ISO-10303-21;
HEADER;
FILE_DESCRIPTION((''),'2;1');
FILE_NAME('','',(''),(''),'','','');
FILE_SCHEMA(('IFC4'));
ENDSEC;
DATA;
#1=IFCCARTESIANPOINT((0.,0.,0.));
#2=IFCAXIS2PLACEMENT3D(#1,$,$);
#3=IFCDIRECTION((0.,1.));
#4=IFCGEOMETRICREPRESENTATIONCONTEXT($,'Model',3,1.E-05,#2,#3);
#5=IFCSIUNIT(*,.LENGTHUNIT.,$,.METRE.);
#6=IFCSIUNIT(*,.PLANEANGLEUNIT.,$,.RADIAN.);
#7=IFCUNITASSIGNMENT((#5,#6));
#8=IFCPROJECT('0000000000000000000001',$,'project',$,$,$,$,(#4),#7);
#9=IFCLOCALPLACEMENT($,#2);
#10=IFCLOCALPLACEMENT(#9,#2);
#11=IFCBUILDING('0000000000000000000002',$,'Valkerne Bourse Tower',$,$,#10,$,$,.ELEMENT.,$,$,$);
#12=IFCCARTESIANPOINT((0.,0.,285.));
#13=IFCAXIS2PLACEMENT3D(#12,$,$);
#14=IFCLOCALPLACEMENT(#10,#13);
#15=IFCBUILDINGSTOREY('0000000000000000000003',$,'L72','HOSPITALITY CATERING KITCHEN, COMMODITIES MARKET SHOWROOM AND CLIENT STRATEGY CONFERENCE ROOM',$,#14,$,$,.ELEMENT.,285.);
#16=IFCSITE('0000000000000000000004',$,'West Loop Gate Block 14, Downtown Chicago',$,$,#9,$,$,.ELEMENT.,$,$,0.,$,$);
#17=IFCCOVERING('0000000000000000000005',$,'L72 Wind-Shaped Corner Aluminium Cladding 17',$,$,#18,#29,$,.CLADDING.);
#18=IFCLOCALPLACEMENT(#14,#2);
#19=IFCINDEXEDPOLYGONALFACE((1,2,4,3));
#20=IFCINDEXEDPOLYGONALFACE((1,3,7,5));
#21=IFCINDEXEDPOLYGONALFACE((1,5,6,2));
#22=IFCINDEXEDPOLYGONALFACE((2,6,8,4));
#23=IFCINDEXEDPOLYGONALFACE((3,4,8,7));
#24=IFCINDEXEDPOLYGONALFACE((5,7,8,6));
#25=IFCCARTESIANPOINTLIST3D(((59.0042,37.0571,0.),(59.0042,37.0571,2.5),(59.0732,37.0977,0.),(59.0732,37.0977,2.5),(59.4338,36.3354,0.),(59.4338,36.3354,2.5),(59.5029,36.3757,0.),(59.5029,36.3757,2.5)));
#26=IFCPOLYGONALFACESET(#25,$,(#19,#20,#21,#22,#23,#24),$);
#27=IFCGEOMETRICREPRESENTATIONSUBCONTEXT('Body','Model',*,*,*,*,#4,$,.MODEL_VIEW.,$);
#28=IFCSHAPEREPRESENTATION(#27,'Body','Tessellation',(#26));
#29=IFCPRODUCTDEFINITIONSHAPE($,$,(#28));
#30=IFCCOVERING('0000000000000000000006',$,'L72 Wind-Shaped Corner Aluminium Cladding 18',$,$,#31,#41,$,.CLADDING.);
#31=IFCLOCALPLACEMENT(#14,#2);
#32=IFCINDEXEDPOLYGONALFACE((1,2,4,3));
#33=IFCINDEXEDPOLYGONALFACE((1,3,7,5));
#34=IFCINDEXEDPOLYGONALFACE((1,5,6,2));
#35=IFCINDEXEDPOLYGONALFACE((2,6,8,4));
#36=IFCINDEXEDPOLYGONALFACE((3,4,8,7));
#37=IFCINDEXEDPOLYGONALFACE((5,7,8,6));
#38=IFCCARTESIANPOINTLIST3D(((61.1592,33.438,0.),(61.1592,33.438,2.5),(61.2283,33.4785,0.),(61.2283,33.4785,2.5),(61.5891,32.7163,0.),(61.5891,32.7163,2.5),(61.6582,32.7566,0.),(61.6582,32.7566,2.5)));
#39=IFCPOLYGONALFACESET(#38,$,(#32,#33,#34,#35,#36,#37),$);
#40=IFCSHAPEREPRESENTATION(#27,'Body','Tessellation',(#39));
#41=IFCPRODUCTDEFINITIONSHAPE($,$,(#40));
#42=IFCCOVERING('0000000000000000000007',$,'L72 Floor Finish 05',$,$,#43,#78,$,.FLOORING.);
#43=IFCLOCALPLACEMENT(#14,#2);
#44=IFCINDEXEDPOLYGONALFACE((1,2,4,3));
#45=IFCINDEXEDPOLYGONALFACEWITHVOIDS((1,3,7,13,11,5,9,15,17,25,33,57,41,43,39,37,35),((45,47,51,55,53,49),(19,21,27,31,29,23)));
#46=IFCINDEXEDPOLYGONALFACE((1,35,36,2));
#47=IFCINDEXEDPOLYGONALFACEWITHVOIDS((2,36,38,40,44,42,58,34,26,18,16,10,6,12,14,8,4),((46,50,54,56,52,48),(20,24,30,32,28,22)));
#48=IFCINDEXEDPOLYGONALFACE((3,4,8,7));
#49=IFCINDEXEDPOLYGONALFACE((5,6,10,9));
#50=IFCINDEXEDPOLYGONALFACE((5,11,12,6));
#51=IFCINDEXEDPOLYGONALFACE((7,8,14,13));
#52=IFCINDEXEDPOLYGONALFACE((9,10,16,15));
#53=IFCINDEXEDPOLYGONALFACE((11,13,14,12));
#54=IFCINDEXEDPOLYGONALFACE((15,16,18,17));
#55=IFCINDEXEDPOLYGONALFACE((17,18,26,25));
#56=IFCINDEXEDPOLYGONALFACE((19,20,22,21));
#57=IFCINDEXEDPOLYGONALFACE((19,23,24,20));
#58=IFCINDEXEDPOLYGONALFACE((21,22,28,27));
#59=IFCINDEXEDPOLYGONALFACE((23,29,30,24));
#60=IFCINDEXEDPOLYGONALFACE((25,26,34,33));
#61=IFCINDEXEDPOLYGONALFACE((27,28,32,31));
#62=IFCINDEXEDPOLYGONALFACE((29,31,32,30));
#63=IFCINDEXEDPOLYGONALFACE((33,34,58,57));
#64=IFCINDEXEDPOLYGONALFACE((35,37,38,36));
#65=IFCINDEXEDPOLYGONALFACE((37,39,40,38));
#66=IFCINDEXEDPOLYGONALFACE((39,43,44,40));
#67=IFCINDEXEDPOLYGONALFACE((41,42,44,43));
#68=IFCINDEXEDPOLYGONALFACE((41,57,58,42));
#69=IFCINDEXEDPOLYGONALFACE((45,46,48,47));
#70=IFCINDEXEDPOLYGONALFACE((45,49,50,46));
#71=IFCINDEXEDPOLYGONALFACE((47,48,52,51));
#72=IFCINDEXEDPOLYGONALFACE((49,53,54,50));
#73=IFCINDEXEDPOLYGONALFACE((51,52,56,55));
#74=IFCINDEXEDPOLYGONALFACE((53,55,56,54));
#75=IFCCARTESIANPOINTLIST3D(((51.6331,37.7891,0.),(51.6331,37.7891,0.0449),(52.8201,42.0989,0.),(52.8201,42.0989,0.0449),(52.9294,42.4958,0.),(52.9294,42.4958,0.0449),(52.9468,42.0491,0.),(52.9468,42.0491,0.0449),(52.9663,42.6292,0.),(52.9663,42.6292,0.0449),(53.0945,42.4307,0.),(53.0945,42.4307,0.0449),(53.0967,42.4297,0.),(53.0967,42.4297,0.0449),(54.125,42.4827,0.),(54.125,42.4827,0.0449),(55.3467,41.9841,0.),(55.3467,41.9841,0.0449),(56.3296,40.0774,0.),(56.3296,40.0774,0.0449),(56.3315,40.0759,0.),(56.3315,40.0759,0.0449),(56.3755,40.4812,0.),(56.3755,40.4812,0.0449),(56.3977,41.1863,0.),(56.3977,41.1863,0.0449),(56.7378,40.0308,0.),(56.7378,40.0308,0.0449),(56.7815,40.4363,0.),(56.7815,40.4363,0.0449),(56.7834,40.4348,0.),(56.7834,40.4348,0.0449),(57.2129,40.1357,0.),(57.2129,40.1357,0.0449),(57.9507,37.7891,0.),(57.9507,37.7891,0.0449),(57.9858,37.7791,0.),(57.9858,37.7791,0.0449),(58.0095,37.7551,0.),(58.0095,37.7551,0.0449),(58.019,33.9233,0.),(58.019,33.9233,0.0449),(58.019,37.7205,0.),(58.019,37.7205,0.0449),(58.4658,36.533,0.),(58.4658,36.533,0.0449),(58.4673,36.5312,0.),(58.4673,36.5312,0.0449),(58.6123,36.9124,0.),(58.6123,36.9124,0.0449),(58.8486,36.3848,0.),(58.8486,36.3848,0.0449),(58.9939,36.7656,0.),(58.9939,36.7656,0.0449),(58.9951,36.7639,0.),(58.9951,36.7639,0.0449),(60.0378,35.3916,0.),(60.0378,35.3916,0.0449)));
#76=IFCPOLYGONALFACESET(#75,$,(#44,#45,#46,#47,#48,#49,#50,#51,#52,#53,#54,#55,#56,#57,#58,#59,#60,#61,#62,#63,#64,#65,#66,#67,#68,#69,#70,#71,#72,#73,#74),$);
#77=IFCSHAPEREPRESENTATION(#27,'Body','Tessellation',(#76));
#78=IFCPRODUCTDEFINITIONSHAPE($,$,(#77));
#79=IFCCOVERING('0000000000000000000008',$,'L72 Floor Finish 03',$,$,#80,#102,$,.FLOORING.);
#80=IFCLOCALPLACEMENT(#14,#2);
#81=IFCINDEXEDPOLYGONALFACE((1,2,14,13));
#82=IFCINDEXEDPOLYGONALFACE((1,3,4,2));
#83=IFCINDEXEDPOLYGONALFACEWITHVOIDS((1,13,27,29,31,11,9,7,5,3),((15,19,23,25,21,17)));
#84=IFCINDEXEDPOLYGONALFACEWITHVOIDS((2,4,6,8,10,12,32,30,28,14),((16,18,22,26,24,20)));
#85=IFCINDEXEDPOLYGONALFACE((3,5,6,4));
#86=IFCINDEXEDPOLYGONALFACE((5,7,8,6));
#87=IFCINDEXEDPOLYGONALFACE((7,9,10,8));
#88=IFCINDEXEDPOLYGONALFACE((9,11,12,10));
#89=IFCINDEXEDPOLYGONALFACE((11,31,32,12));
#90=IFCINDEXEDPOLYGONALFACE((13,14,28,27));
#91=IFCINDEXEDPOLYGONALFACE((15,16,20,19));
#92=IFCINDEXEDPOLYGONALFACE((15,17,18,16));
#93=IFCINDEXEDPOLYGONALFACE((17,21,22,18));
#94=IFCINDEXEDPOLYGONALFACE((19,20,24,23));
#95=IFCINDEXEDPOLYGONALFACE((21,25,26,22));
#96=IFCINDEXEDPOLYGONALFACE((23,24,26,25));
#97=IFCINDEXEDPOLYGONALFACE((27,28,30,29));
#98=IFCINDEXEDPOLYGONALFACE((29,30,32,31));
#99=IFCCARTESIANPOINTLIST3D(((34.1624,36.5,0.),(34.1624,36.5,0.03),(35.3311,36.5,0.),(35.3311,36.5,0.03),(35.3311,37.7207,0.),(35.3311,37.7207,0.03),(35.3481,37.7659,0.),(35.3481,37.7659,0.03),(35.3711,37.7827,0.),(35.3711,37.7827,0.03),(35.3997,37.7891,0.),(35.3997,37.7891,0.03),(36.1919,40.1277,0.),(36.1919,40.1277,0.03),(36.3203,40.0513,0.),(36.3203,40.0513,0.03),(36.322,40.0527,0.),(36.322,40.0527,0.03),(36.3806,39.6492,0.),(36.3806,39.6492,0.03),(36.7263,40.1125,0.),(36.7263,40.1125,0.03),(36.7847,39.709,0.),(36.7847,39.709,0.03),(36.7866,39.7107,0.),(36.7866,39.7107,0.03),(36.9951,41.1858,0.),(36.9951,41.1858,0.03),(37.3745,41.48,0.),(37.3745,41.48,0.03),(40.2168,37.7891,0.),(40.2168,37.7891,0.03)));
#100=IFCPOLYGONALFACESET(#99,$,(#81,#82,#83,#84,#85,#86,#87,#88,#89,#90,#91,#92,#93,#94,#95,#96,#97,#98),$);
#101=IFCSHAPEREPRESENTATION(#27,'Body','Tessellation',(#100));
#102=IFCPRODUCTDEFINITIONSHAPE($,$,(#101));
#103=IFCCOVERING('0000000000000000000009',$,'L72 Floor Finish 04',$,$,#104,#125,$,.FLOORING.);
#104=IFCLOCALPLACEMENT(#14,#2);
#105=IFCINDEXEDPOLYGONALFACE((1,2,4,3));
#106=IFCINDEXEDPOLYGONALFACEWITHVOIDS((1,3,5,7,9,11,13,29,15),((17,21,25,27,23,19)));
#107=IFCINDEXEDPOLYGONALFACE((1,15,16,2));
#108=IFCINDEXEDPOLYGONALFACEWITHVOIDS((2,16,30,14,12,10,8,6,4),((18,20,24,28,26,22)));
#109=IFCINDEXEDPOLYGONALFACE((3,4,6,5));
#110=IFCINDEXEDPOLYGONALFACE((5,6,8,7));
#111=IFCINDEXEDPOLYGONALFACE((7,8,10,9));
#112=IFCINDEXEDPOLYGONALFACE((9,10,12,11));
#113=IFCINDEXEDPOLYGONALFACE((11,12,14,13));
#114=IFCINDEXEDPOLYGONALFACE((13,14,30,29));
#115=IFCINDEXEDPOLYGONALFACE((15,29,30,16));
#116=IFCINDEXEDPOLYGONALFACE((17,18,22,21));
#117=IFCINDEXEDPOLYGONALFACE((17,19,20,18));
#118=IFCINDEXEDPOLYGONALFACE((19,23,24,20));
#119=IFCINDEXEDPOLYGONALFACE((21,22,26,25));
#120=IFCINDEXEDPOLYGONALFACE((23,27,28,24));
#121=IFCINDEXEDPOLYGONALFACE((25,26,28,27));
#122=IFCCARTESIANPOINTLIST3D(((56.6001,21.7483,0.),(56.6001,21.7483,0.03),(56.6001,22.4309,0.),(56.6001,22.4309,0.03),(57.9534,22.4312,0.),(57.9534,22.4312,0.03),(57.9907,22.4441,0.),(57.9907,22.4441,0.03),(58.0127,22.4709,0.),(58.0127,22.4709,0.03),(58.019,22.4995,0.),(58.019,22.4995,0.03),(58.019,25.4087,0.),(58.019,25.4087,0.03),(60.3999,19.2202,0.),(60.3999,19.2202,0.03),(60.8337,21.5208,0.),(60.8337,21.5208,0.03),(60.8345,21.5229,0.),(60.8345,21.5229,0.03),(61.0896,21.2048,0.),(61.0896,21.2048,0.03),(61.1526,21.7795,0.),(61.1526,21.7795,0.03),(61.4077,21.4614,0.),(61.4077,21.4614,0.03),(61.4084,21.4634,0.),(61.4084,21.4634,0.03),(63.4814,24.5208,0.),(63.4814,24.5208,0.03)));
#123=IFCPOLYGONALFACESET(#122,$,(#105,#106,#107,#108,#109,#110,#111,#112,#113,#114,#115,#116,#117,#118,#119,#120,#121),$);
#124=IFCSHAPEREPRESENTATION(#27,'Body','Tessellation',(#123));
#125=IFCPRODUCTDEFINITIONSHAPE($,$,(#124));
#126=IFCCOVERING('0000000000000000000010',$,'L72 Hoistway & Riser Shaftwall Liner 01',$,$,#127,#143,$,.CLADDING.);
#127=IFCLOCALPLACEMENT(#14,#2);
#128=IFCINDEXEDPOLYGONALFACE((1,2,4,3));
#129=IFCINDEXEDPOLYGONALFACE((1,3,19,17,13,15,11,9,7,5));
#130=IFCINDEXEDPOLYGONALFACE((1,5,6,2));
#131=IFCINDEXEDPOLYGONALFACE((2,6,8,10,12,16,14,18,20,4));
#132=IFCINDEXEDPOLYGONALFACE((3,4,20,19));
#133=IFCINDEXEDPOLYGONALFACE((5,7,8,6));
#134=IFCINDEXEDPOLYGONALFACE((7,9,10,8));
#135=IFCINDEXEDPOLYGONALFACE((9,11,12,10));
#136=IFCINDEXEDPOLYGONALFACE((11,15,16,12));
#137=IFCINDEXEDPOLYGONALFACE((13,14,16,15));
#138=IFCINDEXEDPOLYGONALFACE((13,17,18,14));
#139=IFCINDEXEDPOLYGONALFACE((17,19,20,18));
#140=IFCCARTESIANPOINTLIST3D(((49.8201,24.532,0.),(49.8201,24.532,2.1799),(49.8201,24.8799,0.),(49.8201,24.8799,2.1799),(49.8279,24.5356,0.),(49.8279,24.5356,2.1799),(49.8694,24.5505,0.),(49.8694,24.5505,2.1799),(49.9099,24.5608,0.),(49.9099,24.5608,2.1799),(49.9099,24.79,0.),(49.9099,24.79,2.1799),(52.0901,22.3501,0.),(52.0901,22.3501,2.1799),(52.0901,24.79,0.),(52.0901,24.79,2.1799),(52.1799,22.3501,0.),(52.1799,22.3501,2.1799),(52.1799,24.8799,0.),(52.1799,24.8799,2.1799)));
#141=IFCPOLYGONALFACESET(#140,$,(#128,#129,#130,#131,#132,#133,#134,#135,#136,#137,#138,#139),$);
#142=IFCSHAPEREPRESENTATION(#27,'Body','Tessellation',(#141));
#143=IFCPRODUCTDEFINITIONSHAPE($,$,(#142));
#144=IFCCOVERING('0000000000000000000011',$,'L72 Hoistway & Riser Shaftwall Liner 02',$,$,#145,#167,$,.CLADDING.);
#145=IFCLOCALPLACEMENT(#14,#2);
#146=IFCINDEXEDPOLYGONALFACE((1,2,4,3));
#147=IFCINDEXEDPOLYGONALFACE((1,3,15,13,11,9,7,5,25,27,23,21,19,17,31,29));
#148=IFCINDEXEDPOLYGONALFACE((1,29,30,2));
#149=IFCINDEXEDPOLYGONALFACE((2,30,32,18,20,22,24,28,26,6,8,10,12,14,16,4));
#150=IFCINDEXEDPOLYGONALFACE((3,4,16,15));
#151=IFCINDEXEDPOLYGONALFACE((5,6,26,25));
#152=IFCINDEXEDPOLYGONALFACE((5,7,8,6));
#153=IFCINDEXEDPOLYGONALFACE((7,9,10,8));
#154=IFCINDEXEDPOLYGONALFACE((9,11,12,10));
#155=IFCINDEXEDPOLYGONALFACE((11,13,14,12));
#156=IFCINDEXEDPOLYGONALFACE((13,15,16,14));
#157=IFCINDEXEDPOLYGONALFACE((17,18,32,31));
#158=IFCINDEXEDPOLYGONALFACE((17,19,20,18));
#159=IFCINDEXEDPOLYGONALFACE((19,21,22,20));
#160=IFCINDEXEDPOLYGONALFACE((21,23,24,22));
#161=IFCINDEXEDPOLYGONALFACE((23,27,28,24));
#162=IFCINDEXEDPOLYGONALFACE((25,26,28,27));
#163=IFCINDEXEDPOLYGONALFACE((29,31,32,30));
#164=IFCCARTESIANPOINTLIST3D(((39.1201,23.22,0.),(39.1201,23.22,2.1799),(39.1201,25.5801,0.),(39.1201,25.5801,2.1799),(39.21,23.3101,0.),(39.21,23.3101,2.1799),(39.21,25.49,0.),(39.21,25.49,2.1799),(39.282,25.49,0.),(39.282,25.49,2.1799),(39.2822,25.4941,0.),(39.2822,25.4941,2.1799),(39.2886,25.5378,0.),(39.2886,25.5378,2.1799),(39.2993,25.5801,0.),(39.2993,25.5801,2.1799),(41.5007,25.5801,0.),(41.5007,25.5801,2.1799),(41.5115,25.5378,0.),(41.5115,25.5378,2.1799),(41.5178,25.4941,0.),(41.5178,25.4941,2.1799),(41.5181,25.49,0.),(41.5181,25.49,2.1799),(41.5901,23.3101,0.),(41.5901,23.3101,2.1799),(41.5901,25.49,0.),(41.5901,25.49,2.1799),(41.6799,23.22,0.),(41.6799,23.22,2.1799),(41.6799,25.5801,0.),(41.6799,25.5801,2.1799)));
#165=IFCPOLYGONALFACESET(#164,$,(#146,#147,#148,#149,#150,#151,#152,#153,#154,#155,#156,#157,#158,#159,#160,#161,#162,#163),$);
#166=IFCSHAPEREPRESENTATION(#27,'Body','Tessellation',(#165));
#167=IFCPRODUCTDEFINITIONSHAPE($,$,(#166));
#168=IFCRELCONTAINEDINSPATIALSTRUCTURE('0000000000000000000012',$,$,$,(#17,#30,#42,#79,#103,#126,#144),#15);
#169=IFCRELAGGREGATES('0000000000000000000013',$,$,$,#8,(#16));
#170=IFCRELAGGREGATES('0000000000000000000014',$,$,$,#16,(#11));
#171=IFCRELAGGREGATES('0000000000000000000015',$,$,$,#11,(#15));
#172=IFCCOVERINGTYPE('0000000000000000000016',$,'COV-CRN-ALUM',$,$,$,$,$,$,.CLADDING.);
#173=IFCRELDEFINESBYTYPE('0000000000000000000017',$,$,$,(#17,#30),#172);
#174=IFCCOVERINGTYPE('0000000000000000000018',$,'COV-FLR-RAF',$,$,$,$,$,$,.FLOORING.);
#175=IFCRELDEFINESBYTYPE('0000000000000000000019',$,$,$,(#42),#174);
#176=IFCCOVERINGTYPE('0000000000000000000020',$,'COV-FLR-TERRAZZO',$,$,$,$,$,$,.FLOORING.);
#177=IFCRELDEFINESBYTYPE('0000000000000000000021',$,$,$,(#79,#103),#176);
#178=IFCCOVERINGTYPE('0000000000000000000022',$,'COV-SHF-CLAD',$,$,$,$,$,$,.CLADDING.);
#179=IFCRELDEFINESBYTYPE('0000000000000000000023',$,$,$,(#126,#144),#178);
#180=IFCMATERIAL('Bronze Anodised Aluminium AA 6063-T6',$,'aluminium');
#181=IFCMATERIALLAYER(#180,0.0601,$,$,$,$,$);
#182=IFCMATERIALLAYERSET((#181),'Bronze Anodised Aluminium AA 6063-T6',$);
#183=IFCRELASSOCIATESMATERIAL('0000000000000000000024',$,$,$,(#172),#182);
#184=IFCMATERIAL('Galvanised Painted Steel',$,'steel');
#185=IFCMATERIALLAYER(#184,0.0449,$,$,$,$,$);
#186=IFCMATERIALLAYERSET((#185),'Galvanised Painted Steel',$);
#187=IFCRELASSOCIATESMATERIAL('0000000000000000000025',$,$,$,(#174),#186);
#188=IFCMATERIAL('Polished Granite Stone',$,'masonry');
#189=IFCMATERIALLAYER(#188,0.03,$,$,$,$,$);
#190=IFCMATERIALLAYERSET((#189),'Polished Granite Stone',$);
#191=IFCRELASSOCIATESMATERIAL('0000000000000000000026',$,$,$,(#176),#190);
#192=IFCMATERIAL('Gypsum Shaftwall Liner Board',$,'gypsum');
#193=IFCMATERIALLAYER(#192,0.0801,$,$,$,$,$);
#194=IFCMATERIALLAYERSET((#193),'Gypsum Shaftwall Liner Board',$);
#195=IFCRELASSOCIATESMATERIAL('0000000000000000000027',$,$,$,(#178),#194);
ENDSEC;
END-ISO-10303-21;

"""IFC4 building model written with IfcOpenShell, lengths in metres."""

from ifc_helpers import new_model, si_unit, direction, frame, origin, place, context, subcontext, project, spatial, polyline, outline, extrude, material, layer, layer_set, type_object, element, save


model = new_model("IFC4")

# Units and contexts
model_context = context("Model", 3, precision=1e-05, world=origin(), true_north=direction((0.0, 1.0)))
body_context = subcontext(model_context, "Body", "Model", "MODEL_VIEW")
ifc_project = project(units=[si_unit("LENGTHUNIT", "METRE"), si_unit("PLANEANGLEUNIT", "RADIAN")], contexts=[model_context])

# Site, building, storey
site_placement = place(None, origin())
site = spatial("IfcSite", under=ifc_project, at=site_placement, Name="West Loop Gate Block 14, Downtown Chicago", CompositionType="ELEMENT", RefElevation=0.0)
building_placement = place(site_placement, origin())
building = spatial("IfcBuilding", under=site, at=building_placement, Name="Valkerne Bourse Tower", CompositionType="ELEMENT")
storey_placement = place(building_placement, frame((0.0, 0.0, 285.0)))
storey = spatial("IfcBuildingStorey", under=building, at=storey_placement, Name="L72", Description="HOSPITALITY CATERING KITCHEN, COMMODITIES MARKET SHOWROOM AND CLIENT STRATEGY CONFERENCE ROOM", CompositionType="ELEMENT", Elevation=285.0)

# Coverings
ifc_material_1 = material(Name="Bronze Anodised Aluminium AA 6063-T6", Category="aluminium")
ifc_layer_1 = layer(ifc_material_1, 0.0601)
ifc_layer_set_1 = layer_set([ifc_layer_1], Name="Bronze Anodised Aluminium AA 6063-T6")
covering_type_1 = type_object("IfcCoveringType", Name="COV-CRN-ALUM", PredefinedType="CLADDING", material=ifc_layer_set_1)
covering_1_placement = place(storey_placement, origin())
element("IfcCovering", 1, at=covering_1_placement, inside=storey, type_object=covering_type_1, Name="L72 Wind-Shaped Corner Aluminium Cladding 17", PredefinedType="CLADDING", context=body_context, shape_type="SweptSolid", body=[
    extrude(outline(polyline([(59.5029, 36.3757), (59.4338, 36.3354), (59.0042, 37.0571), (59.0732, 37.0977), (59.5029, 36.3757)])), origin(), (0.0, 0.0, 1.0), 2.5),
])
covering_2_placement = place(storey_placement, origin())
element("IfcCovering", 2, at=covering_2_placement, inside=storey, type_object=covering_type_1, Name="L72 Wind-Shaped Corner Aluminium Cladding 18", PredefinedType="CLADDING", context=body_context, shape_type="SweptSolid", body=[
    extrude(outline(polyline([(61.6582, 32.7566), (61.5891, 32.7163), (61.1592, 33.438), (61.2283, 33.4785), (61.6582, 32.7566)])), origin(), (0.0, 0.0, 1.0), 2.5),
])
ifc_material_2 = material(Name="Galvanised Painted Steel", Category="steel")
ifc_layer_2 = layer(ifc_material_2, 0.0449)
ifc_layer_set_2 = layer_set([ifc_layer_2], Name="Galvanised Painted Steel")
covering_type_2 = type_object("IfcCoveringType", Name="COV-FLR-RAF", PredefinedType="FLOORING", material=ifc_layer_set_2)
covering_3_placement = place(storey_placement, origin())
element("IfcCovering", 3, at=covering_3_placement, inside=storey, type_object=covering_type_2, Name="L72 Floor Finish 05", PredefinedType="FLOORING", context=body_context, shape_type="SweptSolid", body=[
    extrude(outline(polyline([(56.3977, 41.1863), (57.2129, 40.1357), (60.0378, 35.3916), (58.019, 33.9233), (58.019, 37.7205), (58.0095, 37.7551), (57.9858, 37.7791), (57.9507, 37.7891), (51.6331, 37.7891), (52.8201, 42.0989), (52.9468, 42.0491), (53.0967, 42.4297), (53.0945, 42.4307), (52.9294, 42.4958), (52.9663, 42.6292), (54.125, 42.4827), (55.3467, 41.9841), (56.3977, 41.1863)]), holes=[polyline([(58.9939, 36.7656), (58.6123, 36.9124), (58.4658, 36.533), (58.4673, 36.5312), (58.8486, 36.3848), (58.9951, 36.7639), (58.9939, 36.7656)]), polyline([(56.7815, 40.4363), (56.3755, 40.4812), (56.3296, 40.0774), (56.3315, 40.0759), (56.7378, 40.0308), (56.7834, 40.4348), (56.7815, 40.4363)])]), origin(), (0.0, 0.0, 1.0), 0.0449),
])
ifc_material_3 = material(Name="Polished Granite Stone", Category="masonry")
ifc_layer_3 = layer(ifc_material_3, 0.03)
ifc_layer_set_3 = layer_set([ifc_layer_3], Name="Polished Granite Stone")
covering_type_3 = type_object("IfcCoveringType", Name="COV-FLR-TERRAZZO", PredefinedType="FLOORING", material=ifc_layer_set_3)
covering_4_placement = place(storey_placement, origin())
element("IfcCovering", 4, at=covering_4_placement, inside=storey, type_object=covering_type_3, Name="L72 Floor Finish 03", PredefinedType="FLOORING", context=body_context, shape_type="SweptSolid", body=[
    extrude(outline(polyline([(37.3745, 41.48), (40.2168, 37.7891), (35.3997, 37.7891), (35.3711, 37.7827), (35.3481, 37.7659), (35.3311, 37.7207), (35.3311, 36.5), (34.1624, 36.5), (36.1919, 40.1277), (36.9951, 41.1858), (37.3745, 41.48)]), holes=[polyline([(36.7847, 39.709), (36.7866, 39.7107), (36.7263, 40.1125), (36.322, 40.0527), (36.3203, 40.0513), (36.3806, 39.6492), (36.7847, 39.709)])]), origin(), (0.0, 0.0, 1.0), 0.03),
])
covering_5_placement = place(storey_placement, origin())
element("IfcCovering", 5, at=covering_5_placement, inside=storey, type_object=covering_type_3, Name="L72 Floor Finish 04", PredefinedType="FLOORING", context=body_context, shape_type="SweptSolid", body=[
    extrude(outline(polyline([(57.9534, 22.4312), (57.9907, 22.4441), (58.0127, 22.4709), (58.019, 22.4995), (58.019, 25.4087), (63.4814, 24.5208), (60.3999, 19.2202), (56.6001, 21.7483), (56.6001, 22.4309), (57.9534, 22.4312)]), holes=[polyline([(61.4084, 21.4634), (61.1526, 21.7795), (60.8345, 21.5229), (60.8337, 21.5208), (61.0896, 21.2048), (61.4077, 21.4614), (61.4084, 21.4634)])]), origin(), (0.0, 0.0, 1.0), 0.03),
])
ifc_material_4 = material(Name="Gypsum Shaftwall Liner Board", Category="gypsum")
ifc_layer_4 = layer(ifc_material_4, 0.0801)
ifc_layer_set_4 = layer_set([ifc_layer_4], Name="Gypsum Shaftwall Liner Board")
covering_type_4 = type_object("IfcCoveringType", Name="COV-SHF-CLAD", PredefinedType="CLADDING", material=ifc_layer_set_4)
covering_6_placement = place(storey_placement, origin())
element("IfcCovering", 6, at=covering_6_placement, inside=storey, type_object=covering_type_4, Name="L72 Hoistway & Riser Shaftwall Liner 01", PredefinedType="CLADDING", context=body_context, shape_type="SweptSolid", body=[
    extrude(outline(polyline([(52.1799, 24.8799), (52.1799, 22.3501), (52.0901, 22.3501), (52.0901, 24.79), (49.9099, 24.79), (49.9099, 24.5608), (49.8694, 24.5505), (49.8279, 24.5356), (49.8201, 24.532), (49.8201, 24.8799), (52.1799, 24.8799)])), origin(), (0.0, 0.0, 1.0), 2.1799),
])
covering_7_placement = place(storey_placement, origin())
element("IfcCovering", 7, at=covering_7_placement, inside=storey, type_object=covering_type_4, Name="L72 Hoistway & Riser Shaftwall Liner 02", PredefinedType="CLADDING", context=body_context, shape_type="SweptSolid", body=[
    extrude(outline(polyline([(39.2993, 25.5801), (39.2886, 25.5378), (39.2822, 25.4941), (39.282, 25.49), (39.21, 25.49), (39.21, 23.3101), (41.5901, 23.3101), (41.5901, 25.49), (41.5181, 25.49), (41.5178, 25.4941), (41.5115, 25.5378), (41.5007, 25.5801), (41.6799, 25.5801), (41.6799, 23.22), (39.1201, 23.22), (39.1201, 25.5801), (39.2993, 25.5801)])), origin(), (0.0, 0.0, 1.0), 2.1799),
])

save(model, "model.ifc")
